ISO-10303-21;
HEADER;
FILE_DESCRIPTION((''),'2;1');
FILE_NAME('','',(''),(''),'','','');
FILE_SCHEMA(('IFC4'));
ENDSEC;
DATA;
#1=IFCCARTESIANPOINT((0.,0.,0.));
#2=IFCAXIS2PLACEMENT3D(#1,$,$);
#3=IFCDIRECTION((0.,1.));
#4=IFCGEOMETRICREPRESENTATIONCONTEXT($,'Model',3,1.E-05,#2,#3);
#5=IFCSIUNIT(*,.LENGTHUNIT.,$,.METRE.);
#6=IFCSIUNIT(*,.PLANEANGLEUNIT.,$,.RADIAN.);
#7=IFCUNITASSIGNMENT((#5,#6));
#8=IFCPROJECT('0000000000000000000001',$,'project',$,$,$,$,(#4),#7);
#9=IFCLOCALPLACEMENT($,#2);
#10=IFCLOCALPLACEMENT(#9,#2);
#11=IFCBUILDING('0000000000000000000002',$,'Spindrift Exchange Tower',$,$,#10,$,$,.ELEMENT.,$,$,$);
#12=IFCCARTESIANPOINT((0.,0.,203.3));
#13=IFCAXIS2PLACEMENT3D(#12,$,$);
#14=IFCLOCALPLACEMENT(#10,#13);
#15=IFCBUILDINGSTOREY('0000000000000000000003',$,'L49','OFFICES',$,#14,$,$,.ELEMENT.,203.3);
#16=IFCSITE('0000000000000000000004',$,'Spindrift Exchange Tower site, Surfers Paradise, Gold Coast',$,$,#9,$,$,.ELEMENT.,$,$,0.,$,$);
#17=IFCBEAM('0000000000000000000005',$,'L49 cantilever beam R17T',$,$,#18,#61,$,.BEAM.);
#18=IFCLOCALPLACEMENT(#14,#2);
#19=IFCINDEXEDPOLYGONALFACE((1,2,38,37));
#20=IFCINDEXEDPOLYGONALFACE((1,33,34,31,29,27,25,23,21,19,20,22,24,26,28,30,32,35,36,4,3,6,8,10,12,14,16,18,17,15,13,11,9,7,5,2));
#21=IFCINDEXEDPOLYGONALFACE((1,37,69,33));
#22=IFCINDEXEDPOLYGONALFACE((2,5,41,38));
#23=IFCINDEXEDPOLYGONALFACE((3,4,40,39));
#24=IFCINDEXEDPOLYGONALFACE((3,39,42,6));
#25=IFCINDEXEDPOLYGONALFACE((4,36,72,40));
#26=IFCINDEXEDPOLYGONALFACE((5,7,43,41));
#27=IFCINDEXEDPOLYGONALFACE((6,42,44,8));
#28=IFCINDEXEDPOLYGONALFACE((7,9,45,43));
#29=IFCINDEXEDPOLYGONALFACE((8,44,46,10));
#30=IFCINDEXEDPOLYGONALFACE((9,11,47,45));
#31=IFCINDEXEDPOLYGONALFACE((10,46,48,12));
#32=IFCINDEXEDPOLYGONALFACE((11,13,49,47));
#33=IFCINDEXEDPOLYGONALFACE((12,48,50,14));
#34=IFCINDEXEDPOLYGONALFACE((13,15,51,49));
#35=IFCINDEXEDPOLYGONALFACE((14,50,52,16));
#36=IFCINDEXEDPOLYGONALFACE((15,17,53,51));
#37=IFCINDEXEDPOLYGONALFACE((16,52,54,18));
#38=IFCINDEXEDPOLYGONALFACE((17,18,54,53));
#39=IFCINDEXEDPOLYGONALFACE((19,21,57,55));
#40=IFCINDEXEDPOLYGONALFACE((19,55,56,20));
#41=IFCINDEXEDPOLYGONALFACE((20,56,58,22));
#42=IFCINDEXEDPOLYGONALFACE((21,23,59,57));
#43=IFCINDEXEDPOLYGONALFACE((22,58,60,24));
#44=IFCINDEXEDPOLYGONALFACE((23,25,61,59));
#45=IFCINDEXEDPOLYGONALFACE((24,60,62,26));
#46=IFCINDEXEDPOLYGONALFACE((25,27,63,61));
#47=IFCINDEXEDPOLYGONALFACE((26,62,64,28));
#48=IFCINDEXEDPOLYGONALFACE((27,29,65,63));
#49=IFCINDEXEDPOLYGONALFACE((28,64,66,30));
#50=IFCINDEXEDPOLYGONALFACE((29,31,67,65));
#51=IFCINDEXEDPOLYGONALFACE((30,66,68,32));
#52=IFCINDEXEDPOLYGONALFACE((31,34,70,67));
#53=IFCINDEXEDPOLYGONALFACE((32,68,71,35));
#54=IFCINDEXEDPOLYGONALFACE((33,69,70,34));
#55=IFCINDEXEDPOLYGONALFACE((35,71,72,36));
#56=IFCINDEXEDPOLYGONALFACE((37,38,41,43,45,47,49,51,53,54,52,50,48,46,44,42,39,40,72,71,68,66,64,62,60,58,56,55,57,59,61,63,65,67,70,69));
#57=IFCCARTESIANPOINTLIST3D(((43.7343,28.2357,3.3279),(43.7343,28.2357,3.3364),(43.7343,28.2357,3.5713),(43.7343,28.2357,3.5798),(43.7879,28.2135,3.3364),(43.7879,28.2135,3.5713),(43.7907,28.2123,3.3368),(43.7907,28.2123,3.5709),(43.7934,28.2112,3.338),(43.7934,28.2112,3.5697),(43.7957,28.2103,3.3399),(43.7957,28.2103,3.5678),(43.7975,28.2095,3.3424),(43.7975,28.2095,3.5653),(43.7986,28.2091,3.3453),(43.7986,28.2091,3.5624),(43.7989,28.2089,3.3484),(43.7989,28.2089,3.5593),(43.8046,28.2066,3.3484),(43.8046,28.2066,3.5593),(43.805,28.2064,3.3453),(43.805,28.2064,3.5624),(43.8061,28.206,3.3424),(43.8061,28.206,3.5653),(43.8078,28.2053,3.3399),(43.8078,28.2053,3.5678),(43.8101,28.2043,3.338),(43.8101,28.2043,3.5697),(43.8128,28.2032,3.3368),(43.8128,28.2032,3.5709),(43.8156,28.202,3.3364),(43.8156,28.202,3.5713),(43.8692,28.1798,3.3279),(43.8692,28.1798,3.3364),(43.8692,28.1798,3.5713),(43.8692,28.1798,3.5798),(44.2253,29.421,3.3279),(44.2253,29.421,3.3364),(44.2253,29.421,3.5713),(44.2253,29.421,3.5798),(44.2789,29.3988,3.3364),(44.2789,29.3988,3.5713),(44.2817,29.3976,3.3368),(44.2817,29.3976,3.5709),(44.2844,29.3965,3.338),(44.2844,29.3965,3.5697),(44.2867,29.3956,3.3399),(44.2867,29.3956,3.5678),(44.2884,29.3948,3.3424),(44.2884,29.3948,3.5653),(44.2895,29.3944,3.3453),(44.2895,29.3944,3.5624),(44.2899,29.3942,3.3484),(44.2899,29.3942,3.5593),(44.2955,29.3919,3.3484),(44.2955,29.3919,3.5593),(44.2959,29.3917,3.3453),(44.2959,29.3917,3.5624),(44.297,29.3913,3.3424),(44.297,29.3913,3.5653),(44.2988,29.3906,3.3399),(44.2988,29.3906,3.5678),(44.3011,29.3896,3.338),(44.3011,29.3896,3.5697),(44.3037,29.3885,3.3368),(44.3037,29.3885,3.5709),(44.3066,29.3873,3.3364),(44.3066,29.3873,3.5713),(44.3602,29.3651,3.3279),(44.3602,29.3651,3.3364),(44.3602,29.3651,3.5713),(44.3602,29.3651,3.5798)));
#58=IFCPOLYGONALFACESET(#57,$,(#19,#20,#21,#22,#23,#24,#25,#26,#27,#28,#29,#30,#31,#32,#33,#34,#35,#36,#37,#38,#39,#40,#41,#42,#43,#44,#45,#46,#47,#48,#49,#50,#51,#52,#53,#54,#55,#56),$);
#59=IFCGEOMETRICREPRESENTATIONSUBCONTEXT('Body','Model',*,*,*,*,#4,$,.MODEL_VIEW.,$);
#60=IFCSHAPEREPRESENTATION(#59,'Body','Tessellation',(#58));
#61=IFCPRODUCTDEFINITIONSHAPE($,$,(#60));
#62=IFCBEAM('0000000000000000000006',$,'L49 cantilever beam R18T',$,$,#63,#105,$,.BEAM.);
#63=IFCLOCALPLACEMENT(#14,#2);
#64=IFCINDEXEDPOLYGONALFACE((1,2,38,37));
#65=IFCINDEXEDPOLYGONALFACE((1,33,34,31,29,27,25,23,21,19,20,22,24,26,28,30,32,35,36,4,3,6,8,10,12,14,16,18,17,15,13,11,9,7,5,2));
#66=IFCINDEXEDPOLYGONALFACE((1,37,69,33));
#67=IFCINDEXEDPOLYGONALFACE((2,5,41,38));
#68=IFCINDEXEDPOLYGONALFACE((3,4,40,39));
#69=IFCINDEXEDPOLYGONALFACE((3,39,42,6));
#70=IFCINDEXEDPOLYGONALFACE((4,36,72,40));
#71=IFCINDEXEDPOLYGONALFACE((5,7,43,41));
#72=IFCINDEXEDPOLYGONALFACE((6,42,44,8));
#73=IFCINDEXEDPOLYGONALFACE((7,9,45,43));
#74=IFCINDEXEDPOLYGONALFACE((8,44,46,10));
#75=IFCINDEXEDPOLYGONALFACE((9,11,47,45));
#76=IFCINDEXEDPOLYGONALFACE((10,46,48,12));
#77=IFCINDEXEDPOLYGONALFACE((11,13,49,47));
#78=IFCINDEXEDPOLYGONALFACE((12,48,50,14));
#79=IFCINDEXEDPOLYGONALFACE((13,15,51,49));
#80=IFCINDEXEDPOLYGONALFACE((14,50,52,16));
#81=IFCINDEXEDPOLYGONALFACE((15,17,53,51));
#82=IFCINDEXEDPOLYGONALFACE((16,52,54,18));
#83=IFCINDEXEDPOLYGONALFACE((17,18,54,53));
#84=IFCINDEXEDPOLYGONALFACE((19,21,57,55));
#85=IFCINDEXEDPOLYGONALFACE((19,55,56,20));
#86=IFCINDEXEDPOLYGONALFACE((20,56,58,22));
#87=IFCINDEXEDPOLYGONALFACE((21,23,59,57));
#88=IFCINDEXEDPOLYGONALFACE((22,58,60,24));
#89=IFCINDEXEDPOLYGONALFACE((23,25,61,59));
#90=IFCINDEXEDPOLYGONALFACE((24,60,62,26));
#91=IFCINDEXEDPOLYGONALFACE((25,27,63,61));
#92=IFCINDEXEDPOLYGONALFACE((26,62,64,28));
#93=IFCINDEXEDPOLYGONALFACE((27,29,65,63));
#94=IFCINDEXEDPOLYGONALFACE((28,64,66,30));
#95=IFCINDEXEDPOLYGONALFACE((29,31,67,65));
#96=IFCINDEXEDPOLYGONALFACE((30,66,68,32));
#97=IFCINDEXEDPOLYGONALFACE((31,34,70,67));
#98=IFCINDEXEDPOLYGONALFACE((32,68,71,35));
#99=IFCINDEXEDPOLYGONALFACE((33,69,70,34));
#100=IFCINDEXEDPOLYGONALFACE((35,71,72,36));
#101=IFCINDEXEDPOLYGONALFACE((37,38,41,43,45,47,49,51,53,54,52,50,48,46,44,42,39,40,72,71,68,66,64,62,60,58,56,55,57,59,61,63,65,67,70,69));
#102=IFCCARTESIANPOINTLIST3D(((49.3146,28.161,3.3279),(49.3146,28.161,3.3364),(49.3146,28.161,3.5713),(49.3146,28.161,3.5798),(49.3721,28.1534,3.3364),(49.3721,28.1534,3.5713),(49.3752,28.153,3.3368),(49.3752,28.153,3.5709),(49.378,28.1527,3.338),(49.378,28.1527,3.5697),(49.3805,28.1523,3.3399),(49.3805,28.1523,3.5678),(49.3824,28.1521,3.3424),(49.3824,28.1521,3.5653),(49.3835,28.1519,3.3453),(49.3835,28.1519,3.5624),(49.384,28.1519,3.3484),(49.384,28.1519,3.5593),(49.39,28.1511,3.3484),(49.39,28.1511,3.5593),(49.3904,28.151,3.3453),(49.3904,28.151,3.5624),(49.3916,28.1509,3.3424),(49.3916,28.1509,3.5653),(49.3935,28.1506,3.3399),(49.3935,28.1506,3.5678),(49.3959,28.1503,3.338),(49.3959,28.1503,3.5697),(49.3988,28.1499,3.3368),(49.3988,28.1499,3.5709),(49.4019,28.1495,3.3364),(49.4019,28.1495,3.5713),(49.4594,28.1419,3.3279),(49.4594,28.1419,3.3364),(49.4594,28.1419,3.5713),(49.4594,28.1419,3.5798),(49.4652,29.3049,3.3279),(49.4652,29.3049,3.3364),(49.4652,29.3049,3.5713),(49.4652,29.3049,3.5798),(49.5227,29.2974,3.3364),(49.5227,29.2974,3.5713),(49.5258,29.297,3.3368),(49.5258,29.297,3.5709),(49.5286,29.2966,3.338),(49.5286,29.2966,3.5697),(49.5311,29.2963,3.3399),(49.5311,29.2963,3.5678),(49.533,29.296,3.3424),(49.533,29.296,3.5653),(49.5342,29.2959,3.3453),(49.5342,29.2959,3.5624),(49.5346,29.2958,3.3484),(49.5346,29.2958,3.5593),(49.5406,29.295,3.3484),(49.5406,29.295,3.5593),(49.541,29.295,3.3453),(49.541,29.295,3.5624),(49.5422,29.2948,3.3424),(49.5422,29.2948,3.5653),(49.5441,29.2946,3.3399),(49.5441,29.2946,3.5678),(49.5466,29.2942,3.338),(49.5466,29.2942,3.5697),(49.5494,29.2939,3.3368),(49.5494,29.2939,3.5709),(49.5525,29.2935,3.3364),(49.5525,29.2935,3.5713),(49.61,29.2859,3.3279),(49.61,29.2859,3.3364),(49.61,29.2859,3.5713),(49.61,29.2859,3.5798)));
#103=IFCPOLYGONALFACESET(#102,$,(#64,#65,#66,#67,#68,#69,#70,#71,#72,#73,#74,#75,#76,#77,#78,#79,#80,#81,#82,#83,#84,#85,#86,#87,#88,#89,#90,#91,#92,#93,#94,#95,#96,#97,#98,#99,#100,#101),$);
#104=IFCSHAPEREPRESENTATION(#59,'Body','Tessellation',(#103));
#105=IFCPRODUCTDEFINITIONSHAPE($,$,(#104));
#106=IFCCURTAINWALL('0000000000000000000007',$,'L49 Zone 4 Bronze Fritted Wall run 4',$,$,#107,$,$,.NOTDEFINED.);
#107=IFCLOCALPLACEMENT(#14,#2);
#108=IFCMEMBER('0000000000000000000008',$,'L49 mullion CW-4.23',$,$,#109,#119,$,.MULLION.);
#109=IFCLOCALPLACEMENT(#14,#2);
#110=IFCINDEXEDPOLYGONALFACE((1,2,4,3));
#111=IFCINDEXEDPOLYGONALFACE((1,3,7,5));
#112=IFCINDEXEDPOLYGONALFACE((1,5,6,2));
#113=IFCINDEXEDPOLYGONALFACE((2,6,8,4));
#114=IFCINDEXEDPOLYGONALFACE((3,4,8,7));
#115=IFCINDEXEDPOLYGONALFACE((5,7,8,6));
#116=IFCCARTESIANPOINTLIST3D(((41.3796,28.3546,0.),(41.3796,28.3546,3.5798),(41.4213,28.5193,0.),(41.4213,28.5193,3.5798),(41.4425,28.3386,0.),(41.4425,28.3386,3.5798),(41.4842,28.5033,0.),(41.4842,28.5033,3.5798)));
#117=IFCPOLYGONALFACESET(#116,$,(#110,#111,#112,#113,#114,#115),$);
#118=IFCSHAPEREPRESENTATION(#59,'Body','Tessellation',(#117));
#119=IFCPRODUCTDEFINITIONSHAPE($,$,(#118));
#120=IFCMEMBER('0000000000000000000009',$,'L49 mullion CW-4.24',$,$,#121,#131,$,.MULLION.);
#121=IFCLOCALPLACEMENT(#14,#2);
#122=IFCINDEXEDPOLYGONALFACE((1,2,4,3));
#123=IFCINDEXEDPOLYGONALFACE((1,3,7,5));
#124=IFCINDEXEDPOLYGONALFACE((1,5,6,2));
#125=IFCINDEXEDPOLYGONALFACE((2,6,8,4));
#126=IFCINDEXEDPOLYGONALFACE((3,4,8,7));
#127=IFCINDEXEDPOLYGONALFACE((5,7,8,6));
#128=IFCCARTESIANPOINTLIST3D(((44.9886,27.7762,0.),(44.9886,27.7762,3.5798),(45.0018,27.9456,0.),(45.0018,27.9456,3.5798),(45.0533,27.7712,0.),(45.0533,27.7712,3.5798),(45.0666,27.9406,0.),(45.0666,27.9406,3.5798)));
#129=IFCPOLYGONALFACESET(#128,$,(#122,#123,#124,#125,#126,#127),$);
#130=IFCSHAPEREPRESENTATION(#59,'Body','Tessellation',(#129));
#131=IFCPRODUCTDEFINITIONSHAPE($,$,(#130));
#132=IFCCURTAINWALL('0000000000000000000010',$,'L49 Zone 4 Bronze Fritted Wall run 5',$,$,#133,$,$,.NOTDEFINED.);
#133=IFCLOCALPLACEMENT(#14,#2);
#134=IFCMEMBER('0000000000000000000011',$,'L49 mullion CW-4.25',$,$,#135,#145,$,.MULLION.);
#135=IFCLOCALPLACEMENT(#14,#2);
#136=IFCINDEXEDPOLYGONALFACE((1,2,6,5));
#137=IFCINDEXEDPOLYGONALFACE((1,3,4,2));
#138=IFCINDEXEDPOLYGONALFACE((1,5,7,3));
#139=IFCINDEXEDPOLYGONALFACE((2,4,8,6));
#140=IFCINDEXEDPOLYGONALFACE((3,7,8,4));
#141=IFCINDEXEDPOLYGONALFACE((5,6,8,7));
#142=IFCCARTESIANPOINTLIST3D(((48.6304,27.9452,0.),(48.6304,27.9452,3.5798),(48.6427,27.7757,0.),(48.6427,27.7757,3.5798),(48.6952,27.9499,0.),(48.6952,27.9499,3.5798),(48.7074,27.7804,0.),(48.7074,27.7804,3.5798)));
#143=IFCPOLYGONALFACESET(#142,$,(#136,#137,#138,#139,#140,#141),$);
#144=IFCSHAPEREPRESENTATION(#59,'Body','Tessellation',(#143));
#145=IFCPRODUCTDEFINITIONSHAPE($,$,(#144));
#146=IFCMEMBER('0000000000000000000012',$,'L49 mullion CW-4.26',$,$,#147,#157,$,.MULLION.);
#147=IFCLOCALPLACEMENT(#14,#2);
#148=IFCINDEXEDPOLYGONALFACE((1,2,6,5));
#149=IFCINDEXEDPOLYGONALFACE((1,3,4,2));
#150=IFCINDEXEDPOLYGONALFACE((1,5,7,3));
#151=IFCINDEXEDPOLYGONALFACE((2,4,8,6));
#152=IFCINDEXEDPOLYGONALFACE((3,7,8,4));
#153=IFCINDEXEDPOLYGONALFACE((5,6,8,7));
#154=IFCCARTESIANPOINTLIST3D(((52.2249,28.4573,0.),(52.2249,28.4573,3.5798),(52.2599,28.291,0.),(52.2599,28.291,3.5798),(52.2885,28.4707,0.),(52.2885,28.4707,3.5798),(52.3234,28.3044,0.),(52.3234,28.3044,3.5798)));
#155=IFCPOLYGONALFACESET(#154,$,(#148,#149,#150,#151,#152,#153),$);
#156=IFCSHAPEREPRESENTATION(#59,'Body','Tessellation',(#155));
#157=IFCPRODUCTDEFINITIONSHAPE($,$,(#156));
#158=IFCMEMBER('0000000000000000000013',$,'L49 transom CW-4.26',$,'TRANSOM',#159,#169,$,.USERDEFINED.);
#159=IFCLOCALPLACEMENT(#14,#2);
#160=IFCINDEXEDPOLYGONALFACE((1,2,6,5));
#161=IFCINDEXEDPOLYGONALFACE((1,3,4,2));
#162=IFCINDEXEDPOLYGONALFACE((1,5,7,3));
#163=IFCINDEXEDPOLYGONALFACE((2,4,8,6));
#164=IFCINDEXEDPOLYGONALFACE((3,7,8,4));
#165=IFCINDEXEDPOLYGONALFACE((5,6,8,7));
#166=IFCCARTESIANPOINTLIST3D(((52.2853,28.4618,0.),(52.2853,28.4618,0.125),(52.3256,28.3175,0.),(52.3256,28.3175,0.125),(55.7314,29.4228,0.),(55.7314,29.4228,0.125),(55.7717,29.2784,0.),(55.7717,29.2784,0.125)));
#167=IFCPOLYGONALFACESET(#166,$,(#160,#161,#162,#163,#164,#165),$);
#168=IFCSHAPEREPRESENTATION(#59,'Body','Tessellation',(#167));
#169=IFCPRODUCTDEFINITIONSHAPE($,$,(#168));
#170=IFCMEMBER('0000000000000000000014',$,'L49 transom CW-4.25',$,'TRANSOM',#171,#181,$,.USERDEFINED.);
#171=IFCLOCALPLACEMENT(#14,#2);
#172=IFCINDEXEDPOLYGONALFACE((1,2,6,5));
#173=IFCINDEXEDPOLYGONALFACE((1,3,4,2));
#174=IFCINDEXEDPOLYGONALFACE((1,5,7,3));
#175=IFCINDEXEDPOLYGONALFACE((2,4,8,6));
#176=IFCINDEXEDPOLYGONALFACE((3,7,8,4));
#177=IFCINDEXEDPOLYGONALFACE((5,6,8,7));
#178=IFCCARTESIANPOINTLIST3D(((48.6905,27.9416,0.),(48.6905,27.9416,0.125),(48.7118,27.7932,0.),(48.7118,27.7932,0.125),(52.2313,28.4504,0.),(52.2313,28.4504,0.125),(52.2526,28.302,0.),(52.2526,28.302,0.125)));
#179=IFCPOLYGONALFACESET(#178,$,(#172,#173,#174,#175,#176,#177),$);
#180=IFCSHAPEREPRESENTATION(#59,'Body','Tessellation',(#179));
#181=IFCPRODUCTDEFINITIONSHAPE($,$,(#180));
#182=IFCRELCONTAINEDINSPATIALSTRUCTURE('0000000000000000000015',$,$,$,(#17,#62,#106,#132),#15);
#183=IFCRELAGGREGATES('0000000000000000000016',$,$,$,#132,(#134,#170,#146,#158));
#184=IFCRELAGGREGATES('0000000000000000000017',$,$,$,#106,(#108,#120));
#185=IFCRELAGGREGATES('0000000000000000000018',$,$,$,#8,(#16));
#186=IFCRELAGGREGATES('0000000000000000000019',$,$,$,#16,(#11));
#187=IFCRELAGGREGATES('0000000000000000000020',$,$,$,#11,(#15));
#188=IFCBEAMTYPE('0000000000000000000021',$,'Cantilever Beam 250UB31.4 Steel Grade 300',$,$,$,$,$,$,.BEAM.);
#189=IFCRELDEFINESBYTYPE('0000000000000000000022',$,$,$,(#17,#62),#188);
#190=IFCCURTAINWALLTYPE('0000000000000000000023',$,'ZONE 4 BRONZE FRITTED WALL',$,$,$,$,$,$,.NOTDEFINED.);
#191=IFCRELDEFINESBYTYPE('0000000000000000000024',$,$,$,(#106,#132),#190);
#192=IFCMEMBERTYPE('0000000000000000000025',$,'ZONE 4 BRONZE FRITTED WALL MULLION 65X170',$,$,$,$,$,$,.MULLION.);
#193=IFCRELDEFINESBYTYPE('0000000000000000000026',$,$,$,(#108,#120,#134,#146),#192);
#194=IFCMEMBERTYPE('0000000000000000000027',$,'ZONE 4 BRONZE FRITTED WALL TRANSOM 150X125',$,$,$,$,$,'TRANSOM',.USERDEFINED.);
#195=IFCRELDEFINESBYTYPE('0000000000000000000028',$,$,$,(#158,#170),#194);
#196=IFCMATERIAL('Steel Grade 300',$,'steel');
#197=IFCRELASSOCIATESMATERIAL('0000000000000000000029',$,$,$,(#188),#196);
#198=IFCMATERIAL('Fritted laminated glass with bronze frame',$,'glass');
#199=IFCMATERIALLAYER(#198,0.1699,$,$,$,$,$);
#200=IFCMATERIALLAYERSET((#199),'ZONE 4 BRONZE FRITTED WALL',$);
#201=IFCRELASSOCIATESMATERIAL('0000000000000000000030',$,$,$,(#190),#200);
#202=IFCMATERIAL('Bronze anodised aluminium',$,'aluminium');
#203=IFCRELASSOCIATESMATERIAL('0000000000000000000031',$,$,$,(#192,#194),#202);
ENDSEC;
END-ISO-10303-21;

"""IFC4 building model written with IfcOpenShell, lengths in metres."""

from ifc_helpers import new_model, si_unit, direction, frame, origin, origin_2d, place, context, subcontext, project, spatial, rectangle, i_section, extrude, source, transform, mapped, material, layer, layer_set, material_profile, profile_set, type_object, element, aggregate, save


model = new_model("IFC4")

# Units and contexts
model_context = context("Model", 3, precision=1e-05, world=origin(), true_north=direction((0.0, 1.0)))
body_context = subcontext(model_context, "Body", "Model", "MODEL_VIEW")
ifc_project = project(units=[si_unit("LENGTHUNIT", "METRE"), si_unit("PLANEANGLEUNIT", "RADIAN")], contexts=[model_context])

# Site, building, storey
site_placement = place(None, origin())
site = spatial("IfcSite", under=ifc_project, at=site_placement, Name="Spindrift Exchange Tower site, Surfers Paradise, Gold Coast", CompositionType="ELEMENT", RefElevation=0.0)
building_placement = place(site_placement, origin())
building = spatial("IfcBuilding", under=site, at=building_placement, Name="Spindrift Exchange Tower", CompositionType="ELEMENT")
storey_placement = place(building_placement, frame((0.0, 0.0, 203.3)))
storey = spatial("IfcBuildingStorey", under=building, at=storey_placement, Name="L49", Description="OFFICES", CompositionType="ELEMENT", Elevation=203.3)

# Beams
ifc_material_1 = material(Name="Steel Grade 300", Category="steel")
ifc_material_profile_1 = material_profile(ifc_material_1, i_section(OverallWidth=0.146, OverallDepth=0.252, WebThickness=0.0061, FlangeThickness=0.0085, FilletRadius=0.012, at=origin_2d()), Name="250UB31.4")
ifc_profile_set_1 = profile_set([ifc_material_profile_1], Name="Steel Grade 300")
beam_type_1 = type_object("IfcBeamType", Name="Cantilever Beam 250UB31.4 Steel Grade 300", PredefinedType="BEAM", material=ifc_profile_set_1)
shared_shape_1 = source(origin(), body_context, "Body", "SweptSolid", [
    extrude(i_section(OverallWidth=0.146, OverallDepth=0.252, WebThickness=0.0061, FlangeThickness=0.0085, FilletRadius=0.012, at=origin_2d()), origin(), (0.0, 0.0, 1.0), 1.283),
])
beam_1_placement = place(storey_placement, frame((44.2927, 29.3931, 3.4539), z_axis=(-0.382682, -0.92388, 0.0), x_axis=(0.92388, -0.382682, 0.0)))
element("IfcBeam", 1, at=beam_1_placement, inside=storey, type_object=beam_type_1, Name="L49 cantilever beam R17T", PredefinedType="BEAM", context=body_context, shape_type="MappedRepresentation", body=[
    mapped(shared_shape_1, transform((0.0, 0.0, 0.0), scale=1.0)),
])
shared_shape_2 = source(origin(), body_context, "Body", "SweptSolid", [
    extrude(i_section(OverallWidth=0.146, OverallDepth=0.252, WebThickness=0.0061, FlangeThickness=0.0085, FilletRadius=0.012, at=origin_2d()), origin(), (0.0, 0.0, 1.0), 1.1538),
])
beam_2_placement = place(storey_placement, frame((49.5376, 29.2954, 3.4539), z_axis=(-0.130542, -0.991443, 0.0), x_axis=(0.991443, -0.130542, 0.0)))
element("IfcBeam", 2, at=beam_2_placement, inside=storey, type_object=beam_type_1, Name="L49 cantilever beam R18T", PredefinedType="BEAM", context=body_context, shape_type="MappedRepresentation", body=[
    mapped(shared_shape_2, transform((0.0, 0.0, 0.0), scale=1.0)),
])

# Curtain walls, members
ifc_material_2 = material(Name="Fritted laminated glass with bronze frame", Category="glass")
ifc_layer_1 = layer(ifc_material_2, 0.1699)
ifc_layer_set_1 = layer_set([ifc_layer_1], Name="ZONE 4 BRONZE FRITTED WALL")
curtain_wall_type = type_object("IfcCurtainWallType", Name="ZONE 4 BRONZE FRITTED WALL", PredefinedType="NOTDEFINED", material=ifc_layer_set_1)
curtain_wall_1_placement = place(storey_placement, origin())
curtain_wall_1 = element("IfcCurtainWall", 3, at=curtain_wall_1_placement, inside=storey, type_object=curtain_wall_type, Name="L49 Zone 4 Bronze Fritted Wall run 4", PredefinedType="NOTDEFINED")
ifc_material_3 = material(Name="Bronze anodised aluminium", Category="aluminium")
ifc_material_profile_2 = material_profile(ifc_material_3, rectangle(XDim=0.0649, YDim=0.1699, at=origin_2d()), Name="ZONE 4 BRONZE FRITTED WALL MULLION 65X170")
ifc_profile_set_2 = profile_set([ifc_material_profile_2], Name="Bronze anodised aluminium")
member_type_1 = type_object("IfcMemberType", Name="ZONE 4 BRONZE FRITTED WALL MULLION 65X170", PredefinedType="MULLION", material=ifc_profile_set_2)
shared_shape_3 = source(origin(), body_context, "Body", "SweptSolid", [
    extrude(rectangle(XDim=0.0649, YDim=0.1699, at=origin_2d()), origin(), (0.0, 0.0, 1.0), 3.5798),
])
member_1_placement = place(storey_placement, frame((41.4319, 28.429, 0.0), z_axis=(0.0, 0.0, 1.0), x_axis=(0.969414, -0.24543, 0.0)))
member_1 = element("IfcMember", 4, at=member_1_placement, type_object=member_type_1, Name="L49 mullion CW-4.23", PredefinedType="MULLION", context=body_context, shape_type="MappedRepresentation", body=[
    mapped(shared_shape_3, transform((0.0, 0.0, 0.0), scale=1.0)),
])
member_2_placement = place(storey_placement, frame((45.0276, 27.8584, 0.0), z_axis=(0.0, 0.0, 1.0), x_axis=(0.996954, -0.077996, 0.0)))
member_2 = element("IfcMember", 5, at=member_2_placement, type_object=member_type_1, Name="L49 mullion CW-4.24", PredefinedType="MULLION", context=body_context, shape_type="MappedRepresentation", body=[
    mapped(shared_shape_3, transform((0.0, 0.0, 0.0), scale=1.0)),
])
curtain_wall_2_placement = place(storey_placement, origin())
curtain_wall_2 = element("IfcCurtainWall", 6, at=curtain_wall_2_placement, inside=storey, type_object=curtain_wall_type, Name="L49 Zone 4 Bronze Fritted Wall run 5", PredefinedType="NOTDEFINED")
member_3_placement = place(storey_placement, frame((48.6689, 27.8628, 0.0), z_axis=(0.0, 0.0, 1.0), x_axis=(0.997411, 0.071908, 0.0)))
member_3 = element("IfcMember", 7, at=member_3_placement, type_object=member_type_1, Name="L49 mullion CW-4.25", PredefinedType="MULLION", context=body_context, shape_type="MappedRepresentation", body=[
    mapped(shared_shape_3, transform((0.0, 0.0, 0.0), scale=1.0)),
])
member_4_placement = place(storey_placement, frame((52.2742, 28.3809, 0.0), z_axis=(0.0, 0.0, 1.0), x_axis=(0.978579, 0.205871, 0.0)))
member_4 = element("IfcMember", 8, at=member_4_placement, type_object=member_type_1, Name="L49 mullion CW-4.26", PredefinedType="MULLION", context=body_context, shape_type="MappedRepresentation", body=[
    mapped(shared_shape_3, transform((0.0, 0.0, 0.0), scale=1.0)),
])
ifc_material_profile_3 = material_profile(ifc_material_3, rectangle(XDim=0.1499, YDim=0.125, at=origin_2d()), Name="ZONE 4 BRONZE FRITTED WALL TRANSOM 150X125")
ifc_profile_set_3 = profile_set([ifc_material_profile_3], Name="Bronze anodised aluminium")
member_type_2 = type_object("IfcMemberType", Name="ZONE 4 BRONZE FRITTED WALL TRANSOM 150X125", ElementType="TRANSOM", PredefinedType="USERDEFINED", material=ifc_profile_set_3)
shared_shape_4 = source(origin(), body_context, "Body", "SweptSolid", [
    extrude(rectangle(XDim=0.1499, YDim=0.125, at=origin_2d()), origin(), (0.0, 0.0, 1.0), 3.5776),
])
member_5_placement = place(storey_placement, frame((52.3054, 28.3896, 0.0625), z_axis=(0.963251, 0.268605, 0.0), x_axis=(-0.268605, 0.963251, 0.0)))
member_5 = element("IfcMember", 9, at=member_5_placement, type_object=member_type_2, Name="L49 transom CW-4.26", ObjectType="TRANSOM", PredefinedType="USERDEFINED", context=body_context, shape_type="MappedRepresentation", body=[
    mapped(shared_shape_4, transform((0.0, 0.0, 0.0), scale=1.0)),
])
shared_shape_5 = source(origin(), body_context, "Body", "SweptSolid", [
    extrude(rectangle(XDim=0.1499, YDim=0.125, at=origin_2d()), origin(), (0.0, 0.0, 1.0), 3.5771),
])
member_6_placement = place(storey_placement, frame((48.7012, 27.8674, 0.0625), z_axis=(0.989833, 0.142233, 0.0), x_axis=(-0.142233, 0.989833, 0.0)))
member_6 = element("IfcMember", 10, at=member_6_placement, type_object=member_type_2, Name="L49 transom CW-4.25", ObjectType="TRANSOM", PredefinedType="USERDEFINED", context=body_context, shape_type="MappedRepresentation", body=[
    mapped(shared_shape_5, transform((0.0, 0.0, 0.0), scale=1.0)),
])

aggregate(curtain_wall_2, [member_3, member_6, member_4, member_5])
aggregate(curtain_wall_1, [member_1, member_2])

save(model, "model.ifc")
